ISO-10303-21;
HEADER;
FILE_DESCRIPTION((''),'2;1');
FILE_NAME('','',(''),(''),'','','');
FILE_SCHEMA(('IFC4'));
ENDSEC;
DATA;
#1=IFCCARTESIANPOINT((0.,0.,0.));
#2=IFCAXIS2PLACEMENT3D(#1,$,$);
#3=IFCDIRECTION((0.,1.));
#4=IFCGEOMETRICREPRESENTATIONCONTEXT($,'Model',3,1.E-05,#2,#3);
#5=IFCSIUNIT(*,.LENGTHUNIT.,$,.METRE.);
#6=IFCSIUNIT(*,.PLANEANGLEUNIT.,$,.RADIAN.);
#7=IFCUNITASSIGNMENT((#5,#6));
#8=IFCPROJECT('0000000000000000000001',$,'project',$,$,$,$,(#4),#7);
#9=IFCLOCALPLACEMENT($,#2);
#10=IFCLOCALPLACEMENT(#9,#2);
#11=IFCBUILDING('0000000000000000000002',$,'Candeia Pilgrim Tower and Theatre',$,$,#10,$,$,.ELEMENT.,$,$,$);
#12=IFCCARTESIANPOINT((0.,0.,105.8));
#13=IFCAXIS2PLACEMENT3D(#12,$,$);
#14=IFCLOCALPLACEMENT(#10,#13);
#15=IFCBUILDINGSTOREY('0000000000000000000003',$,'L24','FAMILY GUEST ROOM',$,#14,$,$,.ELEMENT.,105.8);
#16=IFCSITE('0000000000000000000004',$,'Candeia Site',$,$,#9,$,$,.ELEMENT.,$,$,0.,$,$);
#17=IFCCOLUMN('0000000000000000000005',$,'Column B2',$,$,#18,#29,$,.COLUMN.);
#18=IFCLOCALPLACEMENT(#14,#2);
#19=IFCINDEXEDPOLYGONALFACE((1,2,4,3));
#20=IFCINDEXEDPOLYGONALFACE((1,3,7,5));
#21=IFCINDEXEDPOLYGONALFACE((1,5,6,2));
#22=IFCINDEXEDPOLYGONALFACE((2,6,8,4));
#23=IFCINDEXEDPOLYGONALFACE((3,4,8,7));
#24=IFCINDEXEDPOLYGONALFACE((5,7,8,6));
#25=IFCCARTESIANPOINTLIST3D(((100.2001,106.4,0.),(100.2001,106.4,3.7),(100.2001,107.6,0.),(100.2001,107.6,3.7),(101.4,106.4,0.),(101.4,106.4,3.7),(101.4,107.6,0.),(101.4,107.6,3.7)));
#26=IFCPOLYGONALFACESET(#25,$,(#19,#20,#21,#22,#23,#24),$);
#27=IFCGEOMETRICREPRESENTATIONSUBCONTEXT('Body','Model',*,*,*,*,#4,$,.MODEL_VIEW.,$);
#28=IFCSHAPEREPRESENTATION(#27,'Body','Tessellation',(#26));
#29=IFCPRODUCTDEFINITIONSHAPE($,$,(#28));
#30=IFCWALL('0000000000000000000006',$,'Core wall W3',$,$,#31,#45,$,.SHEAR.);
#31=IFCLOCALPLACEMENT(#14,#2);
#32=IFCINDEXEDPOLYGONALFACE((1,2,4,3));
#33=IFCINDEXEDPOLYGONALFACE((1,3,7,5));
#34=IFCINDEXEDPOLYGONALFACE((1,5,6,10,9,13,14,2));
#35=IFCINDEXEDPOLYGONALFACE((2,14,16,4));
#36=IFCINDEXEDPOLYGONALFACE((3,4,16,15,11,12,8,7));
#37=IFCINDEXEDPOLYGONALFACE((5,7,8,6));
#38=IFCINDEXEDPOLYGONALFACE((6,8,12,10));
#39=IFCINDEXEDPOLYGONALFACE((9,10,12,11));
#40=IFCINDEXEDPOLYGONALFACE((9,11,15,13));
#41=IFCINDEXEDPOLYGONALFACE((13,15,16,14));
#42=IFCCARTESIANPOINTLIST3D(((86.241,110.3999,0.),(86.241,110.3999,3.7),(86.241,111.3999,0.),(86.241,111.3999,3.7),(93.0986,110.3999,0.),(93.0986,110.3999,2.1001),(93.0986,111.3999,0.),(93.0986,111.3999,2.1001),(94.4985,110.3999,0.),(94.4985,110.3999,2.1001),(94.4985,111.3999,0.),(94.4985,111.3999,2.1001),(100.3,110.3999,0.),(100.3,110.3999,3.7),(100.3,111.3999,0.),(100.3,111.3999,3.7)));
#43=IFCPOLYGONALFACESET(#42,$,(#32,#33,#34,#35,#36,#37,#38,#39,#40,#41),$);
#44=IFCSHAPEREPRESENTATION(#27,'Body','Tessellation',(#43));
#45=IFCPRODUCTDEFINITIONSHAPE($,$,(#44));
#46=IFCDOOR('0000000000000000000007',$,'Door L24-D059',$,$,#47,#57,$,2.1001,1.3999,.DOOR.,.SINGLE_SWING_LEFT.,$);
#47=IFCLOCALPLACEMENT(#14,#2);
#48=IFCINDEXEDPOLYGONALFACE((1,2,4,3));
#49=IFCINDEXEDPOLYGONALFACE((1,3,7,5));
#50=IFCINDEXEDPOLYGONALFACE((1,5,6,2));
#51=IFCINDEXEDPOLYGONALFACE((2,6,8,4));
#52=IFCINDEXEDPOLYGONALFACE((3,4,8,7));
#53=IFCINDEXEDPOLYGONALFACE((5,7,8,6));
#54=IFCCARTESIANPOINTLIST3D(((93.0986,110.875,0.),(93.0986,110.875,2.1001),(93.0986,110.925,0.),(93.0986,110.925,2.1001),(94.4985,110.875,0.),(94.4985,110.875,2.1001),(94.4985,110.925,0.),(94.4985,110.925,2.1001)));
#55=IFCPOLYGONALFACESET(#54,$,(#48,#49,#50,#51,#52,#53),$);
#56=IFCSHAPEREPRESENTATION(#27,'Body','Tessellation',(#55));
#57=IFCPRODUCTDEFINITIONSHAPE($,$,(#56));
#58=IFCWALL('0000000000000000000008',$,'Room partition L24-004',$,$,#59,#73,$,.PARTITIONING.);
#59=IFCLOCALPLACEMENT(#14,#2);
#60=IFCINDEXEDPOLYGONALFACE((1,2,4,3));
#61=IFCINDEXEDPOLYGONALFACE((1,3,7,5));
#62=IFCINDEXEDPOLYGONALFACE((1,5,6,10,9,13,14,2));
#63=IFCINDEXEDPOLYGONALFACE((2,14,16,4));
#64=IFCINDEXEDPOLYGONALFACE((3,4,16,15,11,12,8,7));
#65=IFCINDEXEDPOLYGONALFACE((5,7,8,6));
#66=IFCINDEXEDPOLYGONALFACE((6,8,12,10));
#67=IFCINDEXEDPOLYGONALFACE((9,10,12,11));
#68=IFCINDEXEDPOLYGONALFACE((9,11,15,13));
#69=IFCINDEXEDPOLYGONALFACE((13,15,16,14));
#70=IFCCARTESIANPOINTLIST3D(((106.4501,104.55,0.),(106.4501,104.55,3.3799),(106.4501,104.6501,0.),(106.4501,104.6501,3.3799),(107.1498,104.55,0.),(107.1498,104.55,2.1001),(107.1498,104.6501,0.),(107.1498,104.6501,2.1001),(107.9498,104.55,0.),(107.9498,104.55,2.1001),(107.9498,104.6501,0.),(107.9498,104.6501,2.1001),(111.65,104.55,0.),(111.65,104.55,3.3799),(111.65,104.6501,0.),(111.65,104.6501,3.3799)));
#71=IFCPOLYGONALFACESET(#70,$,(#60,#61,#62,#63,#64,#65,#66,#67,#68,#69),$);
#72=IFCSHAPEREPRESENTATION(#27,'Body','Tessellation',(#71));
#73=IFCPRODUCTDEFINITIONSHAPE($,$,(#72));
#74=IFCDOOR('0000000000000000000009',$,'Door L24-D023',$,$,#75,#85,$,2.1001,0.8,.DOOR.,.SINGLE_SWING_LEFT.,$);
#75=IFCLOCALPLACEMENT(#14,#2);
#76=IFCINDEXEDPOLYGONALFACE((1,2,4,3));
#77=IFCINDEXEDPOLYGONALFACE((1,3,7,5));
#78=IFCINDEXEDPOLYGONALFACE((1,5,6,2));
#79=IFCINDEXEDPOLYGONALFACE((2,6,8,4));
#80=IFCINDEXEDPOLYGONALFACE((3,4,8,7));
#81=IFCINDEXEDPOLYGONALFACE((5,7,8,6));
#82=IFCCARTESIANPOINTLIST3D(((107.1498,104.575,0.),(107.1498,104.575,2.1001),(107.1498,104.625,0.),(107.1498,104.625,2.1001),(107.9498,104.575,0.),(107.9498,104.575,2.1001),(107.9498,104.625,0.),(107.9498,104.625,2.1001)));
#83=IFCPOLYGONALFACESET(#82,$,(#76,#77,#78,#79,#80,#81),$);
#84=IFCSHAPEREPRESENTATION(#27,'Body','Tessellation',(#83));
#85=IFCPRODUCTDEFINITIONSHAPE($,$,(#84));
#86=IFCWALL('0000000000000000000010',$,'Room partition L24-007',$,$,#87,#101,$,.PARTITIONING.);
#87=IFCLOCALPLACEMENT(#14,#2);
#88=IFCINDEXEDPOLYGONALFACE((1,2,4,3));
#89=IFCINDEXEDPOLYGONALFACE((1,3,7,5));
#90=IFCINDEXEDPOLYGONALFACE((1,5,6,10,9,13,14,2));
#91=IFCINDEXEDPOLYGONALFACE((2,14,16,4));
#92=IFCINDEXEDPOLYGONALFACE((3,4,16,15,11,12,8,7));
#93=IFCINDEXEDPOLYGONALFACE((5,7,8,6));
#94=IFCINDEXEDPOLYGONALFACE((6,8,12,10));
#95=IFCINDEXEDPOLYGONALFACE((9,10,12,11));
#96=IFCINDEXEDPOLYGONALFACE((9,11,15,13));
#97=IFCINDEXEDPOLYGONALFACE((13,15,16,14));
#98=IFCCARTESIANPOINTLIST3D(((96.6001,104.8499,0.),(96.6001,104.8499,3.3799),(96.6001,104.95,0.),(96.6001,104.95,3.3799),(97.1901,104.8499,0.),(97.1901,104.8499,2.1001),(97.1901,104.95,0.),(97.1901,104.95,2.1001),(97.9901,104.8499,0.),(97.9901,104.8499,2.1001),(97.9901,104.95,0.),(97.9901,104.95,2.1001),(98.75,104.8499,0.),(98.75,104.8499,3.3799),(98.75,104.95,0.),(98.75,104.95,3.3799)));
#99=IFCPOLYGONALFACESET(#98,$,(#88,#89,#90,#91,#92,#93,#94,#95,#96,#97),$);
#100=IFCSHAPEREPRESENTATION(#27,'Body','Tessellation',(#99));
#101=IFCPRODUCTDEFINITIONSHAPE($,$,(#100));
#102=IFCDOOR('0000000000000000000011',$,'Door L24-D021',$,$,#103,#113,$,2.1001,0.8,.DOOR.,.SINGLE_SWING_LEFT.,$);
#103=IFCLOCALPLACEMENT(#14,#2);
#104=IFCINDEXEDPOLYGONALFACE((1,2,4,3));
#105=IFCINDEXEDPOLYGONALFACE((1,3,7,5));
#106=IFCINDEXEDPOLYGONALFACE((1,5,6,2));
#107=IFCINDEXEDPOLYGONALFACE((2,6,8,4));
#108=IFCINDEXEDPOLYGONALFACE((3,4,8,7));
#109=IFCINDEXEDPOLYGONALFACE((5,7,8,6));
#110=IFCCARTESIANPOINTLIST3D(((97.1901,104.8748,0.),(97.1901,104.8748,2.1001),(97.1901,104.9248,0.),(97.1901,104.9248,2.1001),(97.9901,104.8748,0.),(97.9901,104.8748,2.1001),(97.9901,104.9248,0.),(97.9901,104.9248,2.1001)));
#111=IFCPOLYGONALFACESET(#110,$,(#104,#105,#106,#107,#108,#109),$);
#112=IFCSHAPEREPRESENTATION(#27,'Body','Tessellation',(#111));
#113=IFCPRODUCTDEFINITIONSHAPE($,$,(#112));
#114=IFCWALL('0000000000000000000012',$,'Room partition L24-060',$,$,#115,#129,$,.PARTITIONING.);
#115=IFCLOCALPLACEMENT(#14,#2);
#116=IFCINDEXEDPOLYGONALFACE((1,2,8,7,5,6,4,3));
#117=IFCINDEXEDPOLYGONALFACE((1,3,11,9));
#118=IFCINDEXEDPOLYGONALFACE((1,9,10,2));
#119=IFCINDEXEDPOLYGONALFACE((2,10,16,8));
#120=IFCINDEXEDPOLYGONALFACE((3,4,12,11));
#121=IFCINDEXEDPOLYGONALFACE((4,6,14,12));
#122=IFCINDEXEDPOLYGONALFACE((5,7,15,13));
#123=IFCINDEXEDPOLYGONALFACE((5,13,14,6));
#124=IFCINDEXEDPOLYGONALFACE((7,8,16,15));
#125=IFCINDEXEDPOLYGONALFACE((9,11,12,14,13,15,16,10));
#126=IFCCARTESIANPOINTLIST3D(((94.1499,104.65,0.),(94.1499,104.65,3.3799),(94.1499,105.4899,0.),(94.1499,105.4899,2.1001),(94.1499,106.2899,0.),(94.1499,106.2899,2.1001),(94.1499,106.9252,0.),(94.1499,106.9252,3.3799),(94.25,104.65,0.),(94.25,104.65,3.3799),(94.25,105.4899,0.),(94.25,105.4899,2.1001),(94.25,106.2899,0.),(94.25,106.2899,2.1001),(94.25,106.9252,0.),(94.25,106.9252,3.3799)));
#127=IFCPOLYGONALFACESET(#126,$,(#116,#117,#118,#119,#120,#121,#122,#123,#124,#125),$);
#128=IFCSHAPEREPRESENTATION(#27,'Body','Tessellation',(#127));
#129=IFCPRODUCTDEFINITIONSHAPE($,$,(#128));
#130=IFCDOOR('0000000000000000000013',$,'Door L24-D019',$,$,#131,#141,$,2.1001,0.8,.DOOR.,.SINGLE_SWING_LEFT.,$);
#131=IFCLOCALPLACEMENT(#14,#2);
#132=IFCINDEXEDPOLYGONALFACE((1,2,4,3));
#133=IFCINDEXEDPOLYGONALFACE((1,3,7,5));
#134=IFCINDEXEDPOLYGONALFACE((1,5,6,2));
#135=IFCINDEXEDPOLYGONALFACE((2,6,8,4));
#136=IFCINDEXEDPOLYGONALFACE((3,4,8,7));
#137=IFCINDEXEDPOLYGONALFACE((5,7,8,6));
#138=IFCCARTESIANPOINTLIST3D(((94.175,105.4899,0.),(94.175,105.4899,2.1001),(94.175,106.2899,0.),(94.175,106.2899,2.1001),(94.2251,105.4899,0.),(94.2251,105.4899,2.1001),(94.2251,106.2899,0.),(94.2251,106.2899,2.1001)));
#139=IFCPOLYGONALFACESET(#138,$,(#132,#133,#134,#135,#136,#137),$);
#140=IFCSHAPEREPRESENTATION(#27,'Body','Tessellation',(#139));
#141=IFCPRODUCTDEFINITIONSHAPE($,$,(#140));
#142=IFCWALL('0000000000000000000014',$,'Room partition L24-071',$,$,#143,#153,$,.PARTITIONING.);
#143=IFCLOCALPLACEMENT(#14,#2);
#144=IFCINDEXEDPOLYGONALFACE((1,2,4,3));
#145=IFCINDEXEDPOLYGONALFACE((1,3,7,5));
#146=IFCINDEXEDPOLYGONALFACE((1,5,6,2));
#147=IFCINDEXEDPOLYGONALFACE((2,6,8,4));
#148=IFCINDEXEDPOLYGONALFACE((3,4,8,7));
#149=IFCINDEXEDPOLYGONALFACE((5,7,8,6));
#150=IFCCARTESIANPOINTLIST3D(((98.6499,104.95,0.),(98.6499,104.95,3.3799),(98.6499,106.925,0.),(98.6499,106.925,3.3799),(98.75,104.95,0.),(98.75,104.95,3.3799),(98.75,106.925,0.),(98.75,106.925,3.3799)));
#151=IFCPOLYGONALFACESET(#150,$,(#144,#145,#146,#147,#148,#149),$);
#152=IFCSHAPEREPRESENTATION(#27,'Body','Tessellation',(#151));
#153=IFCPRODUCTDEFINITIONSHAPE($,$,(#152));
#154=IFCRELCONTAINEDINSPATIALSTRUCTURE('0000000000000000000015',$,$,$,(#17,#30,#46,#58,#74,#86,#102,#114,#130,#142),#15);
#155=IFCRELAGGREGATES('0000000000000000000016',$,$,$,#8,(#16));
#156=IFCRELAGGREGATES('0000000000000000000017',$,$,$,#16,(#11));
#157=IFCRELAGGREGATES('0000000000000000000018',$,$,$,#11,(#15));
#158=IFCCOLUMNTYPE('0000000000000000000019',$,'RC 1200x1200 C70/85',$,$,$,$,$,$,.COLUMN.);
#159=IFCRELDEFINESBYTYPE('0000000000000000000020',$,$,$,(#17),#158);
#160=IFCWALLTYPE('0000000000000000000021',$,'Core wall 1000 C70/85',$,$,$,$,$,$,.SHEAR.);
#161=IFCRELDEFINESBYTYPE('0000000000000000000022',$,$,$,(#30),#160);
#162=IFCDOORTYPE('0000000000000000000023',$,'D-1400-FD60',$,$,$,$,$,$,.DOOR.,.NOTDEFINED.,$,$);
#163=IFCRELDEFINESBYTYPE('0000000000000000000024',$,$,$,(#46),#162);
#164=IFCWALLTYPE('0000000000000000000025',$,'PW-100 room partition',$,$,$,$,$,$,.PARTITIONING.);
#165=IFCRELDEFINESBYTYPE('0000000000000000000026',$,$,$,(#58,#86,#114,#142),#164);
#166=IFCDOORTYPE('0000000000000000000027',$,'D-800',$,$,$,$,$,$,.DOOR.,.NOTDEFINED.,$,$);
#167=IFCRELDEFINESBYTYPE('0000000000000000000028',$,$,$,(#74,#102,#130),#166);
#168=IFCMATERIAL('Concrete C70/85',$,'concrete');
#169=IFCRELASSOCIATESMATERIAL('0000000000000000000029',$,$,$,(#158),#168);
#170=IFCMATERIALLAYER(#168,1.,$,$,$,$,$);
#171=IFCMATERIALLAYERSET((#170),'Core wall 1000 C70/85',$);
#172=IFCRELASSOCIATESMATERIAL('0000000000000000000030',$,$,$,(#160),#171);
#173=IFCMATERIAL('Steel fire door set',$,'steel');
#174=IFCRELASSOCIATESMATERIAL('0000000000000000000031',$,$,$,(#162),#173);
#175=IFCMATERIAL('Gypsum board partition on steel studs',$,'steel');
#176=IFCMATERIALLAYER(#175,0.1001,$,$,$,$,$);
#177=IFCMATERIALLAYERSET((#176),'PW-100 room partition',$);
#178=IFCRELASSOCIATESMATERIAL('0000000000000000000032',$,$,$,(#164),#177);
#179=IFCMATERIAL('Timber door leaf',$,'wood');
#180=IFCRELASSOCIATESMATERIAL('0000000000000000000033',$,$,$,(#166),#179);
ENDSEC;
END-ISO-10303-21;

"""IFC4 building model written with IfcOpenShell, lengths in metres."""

from ifc_helpers import new_model, si_unit, direction, frame, frame_2d, origin, origin_2d, place, context, subcontext, project, spatial, rectangle, extrude, material, layer, layer_set, material_profile, profile_set, type_object, element, fill, save


model = new_model("IFC4")

# Units and contexts
model_context = context("Model", 3, precision=1e-05, world=origin(), true_north=direction((0.0, 1.0)))
body_context = subcontext(model_context, "Body", "Model", "MODEL_VIEW")
ifc_project = project(units=[si_unit("LENGTHUNIT", "METRE"), si_unit("PLANEANGLEUNIT", "RADIAN")], contexts=[model_context])

# Site, building, storey
site_placement = place(None, origin())
site = spatial("IfcSite", under=ifc_project, at=site_placement, Name="Candeia Site", CompositionType="ELEMENT", RefElevation=0.0)
building_placement = place(site_placement, origin())
building = spatial("IfcBuilding", under=site, at=building_placement, Name="Candeia Pilgrim Tower and Theatre", CompositionType="ELEMENT")
storey_placement = place(building_placement, frame((0.0, 0.0, 105.8)))
storey = spatial("IfcBuildingStorey", under=building, at=storey_placement, Name="L24", Description="FAMILY GUEST ROOM", CompositionType="ELEMENT", Elevation=105.8)

# Column
ifc_material_1 = material(Name="Concrete C70/85", Category="concrete")
ifc_material_profile = material_profile(ifc_material_1, rectangle(XDim=1.2, YDim=1.2, at=origin_2d()))
ifc_profile_set = profile_set([ifc_material_profile], Name="Concrete C70/85")
column_type = type_object("IfcColumnType", Name="RC 1200x1200 C70/85", PredefinedType="COLUMN", material=ifc_profile_set)
column_placement = place(storey_placement, frame((100.8, 107.0, 0.0), z_axis=(0.0, 0.0, 1.0), x_axis=(1.0, 0.0, 0.0)))
element("IfcColumn", 1, at=column_placement, inside=storey, type_object=column_type, Name="Column B2", PredefinedType="COLUMN", context=body_context, shape_type="SweptSolid", body=[
    extrude(rectangle(XDim=1.2, YDim=1.2, at=origin_2d()), origin(), (0.0, 0.0, 1.0), 3.7),
])

# Walls, openings, doors
ifc_layer_1 = layer(ifc_material_1, 1.0)
ifc_layer_set_1 = layer_set([ifc_layer_1], Name="Core wall 1000 C70/85")
wall_type_1 = type_object("IfcWallType", Name="Core wall 1000 C70/85", PredefinedType="SHEAR", material=ifc_layer_set_1)
wall_1_placement = place(storey_placement, frame((100.3, 110.8999, 0.0), z_axis=(0.0, 0.0, 1.0), x_axis=(-1.0, 0.0, 0.0)))
wall_1 = element("IfcWall", 2, at=wall_1_placement, inside=storey, type_object=wall_type_1, Name="Core wall W3", PredefinedType="SHEAR", context=body_context, shape_type="SweptSolid", body=[
    extrude(rectangle(XDim=14.0591, YDim=1.0, at=frame_2d((7.0295, 0.0))), origin(), (0.0, 0.0, 1.0), 3.7),
])
opening_1_placement = place(wall_1_placement, frame((5.8015, 0.0, 0.0)))
opening_1 = element("IfcOpeningElement", 3, at=opening_1_placement, cuts=wall_1, PredefinedType="OPENING", context=body_context, shape_type="SweptSolid", body=[
    extrude(rectangle(XDim=1.3999, YDim=2.1001, at=frame_2d((0.7, 1.05))), frame((0.0, 0.51, 0.0), z_axis=(0.0, -1.0, 0.0), x_axis=(1.0, 0.0, 0.0)), (0.0, 0.0, 1.0), 1.02),
])
ifc_material_2 = material(Name="Steel fire door set", Category="steel")
door_type_1 = type_object("IfcDoorType", Name="D-1400-FD60", OperationType="NOTDEFINED", PredefinedType="DOOR", material=ifc_material_2)
door_1_placement = place(opening_1_placement, origin())
door_1 = element("IfcDoor", 4, at=door_1_placement, inside=storey, type_object=door_type_1, Name="Door L24-D059", OperationType="SINGLE_SWING_LEFT", OverallHeight=2.1001, OverallWidth=1.3999, PredefinedType="DOOR", context=body_context, shape_type="SweptSolid", body=[
    extrude(rectangle(XDim=1.3999, YDim=2.1001, at=frame_2d((0.7, 1.05))), frame((0.0, 0.0249, 0.0), z_axis=(0.0, -1.0, 0.0), x_axis=(1.0, 0.0, 0.0)), (0.0, 0.0, 1.0), 0.05),
])
fill(opening_1, door_1)
ifc_material_3 = material(Name="Gypsum board partition on steel studs", Category="steel")
ifc_layer_2 = layer(ifc_material_3, 0.1001)
ifc_layer_set_2 = layer_set([ifc_layer_2], Name="PW-100 room partition")
wall_type_2 = type_object("IfcWallType", Name="PW-100 room partition", PredefinedType="PARTITIONING", material=ifc_layer_set_2)
wall_2_placement = place(storey_placement, frame((106.45, 104.6001, 0.0), z_axis=(0.0, 0.0, 1.0), x_axis=(1.0, 0.0, 0.0)))
wall_2 = element("IfcWall", 5, at=wall_2_placement, inside=storey, type_object=wall_type_2, Name="Room partition L24-004", PredefinedType="PARTITIONING", context=body_context, shape_type="SweptSolid", body=[
    extrude(rectangle(XDim=5.2, YDim=0.1001, at=frame_2d((2.6001, 0.0))), origin(), (0.0, 0.0, 1.0), 3.3799),
])
opening_2_placement = place(wall_2_placement, frame((0.7, 0.0, 0.0)))
opening_2 = element("IfcOpeningElement", 6, at=opening_2_placement, cuts=wall_2, PredefinedType="OPENING", context=body_context, shape_type="SweptSolid", body=[
    extrude(rectangle(XDim=0.8, YDim=2.1001, at=frame_2d((0.3999, 1.05))), frame((0.0, 0.0601, 0.0), z_axis=(0.0, -1.0, 0.0), x_axis=(1.0, 0.0, 0.0)), (0.0, 0.0, 1.0), 0.1201),
])
ifc_material_4 = material(Name="Timber door leaf", Category="wood")
door_type_2 = type_object("IfcDoorType", Name="D-800", OperationType="NOTDEFINED", PredefinedType="DOOR", material=ifc_material_4)
door_2_placement = place(opening_2_placement, origin())
door_2 = element("IfcDoor", 7, at=door_2_placement, inside=storey, type_object=door_type_2, Name="Door L24-D023", OperationType="SINGLE_SWING_LEFT", OverallHeight=2.1001, OverallWidth=0.8, PredefinedType="DOOR", context=body_context, shape_type="SweptSolid", body=[
    extrude(rectangle(XDim=0.8, YDim=2.1001, at=frame_2d((0.3999, 1.05))), frame((0.0, 0.0249, 0.0), z_axis=(0.0, -1.0, 0.0), x_axis=(1.0, 0.0, 0.0)), (0.0, 0.0, 1.0), 0.05),
])
fill(opening_2, door_2)
wall_3_placement = place(storey_placement, frame((96.6001, 104.8999, 0.0), z_axis=(0.0, 0.0, 1.0), x_axis=(1.0, 0.0, 0.0)))
wall_3 = element("IfcWall", 8, at=wall_3_placement, inside=storey, type_object=wall_type_2, Name="Room partition L24-007", PredefinedType="PARTITIONING", context=body_context, shape_type="SweptSolid", body=[
    extrude(rectangle(XDim=2.1499, YDim=0.1001, at=frame_2d((1.075, 0.0))), origin(), (0.0, 0.0, 1.0), 3.3799),
])
opening_3_placement = place(wall_3_placement, frame((0.5901, 0.0, 0.0)))
opening_3 = element("IfcOpeningElement", 9, at=opening_3_placement, cuts=wall_3, PredefinedType="OPENING", context=body_context, shape_type="SweptSolid", body=[
    extrude(rectangle(XDim=0.8, YDim=2.1001, at=frame_2d((0.3999, 1.05))), frame((0.0, 0.0601, 0.0), z_axis=(0.0, -1.0, 0.0), x_axis=(1.0, 0.0, 0.0)), (0.0, 0.0, 1.0), 0.1201),
])
door_3_placement = place(opening_3_placement, origin())
door_3 = element("IfcDoor", 10, at=door_3_placement, inside=storey, type_object=door_type_2, Name="Door L24-D021", OperationType="SINGLE_SWING_LEFT", OverallHeight=2.1001, OverallWidth=0.8, PredefinedType="DOOR", context=body_context, shape_type="SweptSolid", body=[
    extrude(rectangle(XDim=0.8, YDim=2.1001, at=frame_2d((0.3999, 1.05))), frame((0.0, 0.0249, 0.0), z_axis=(0.0, -1.0, 0.0), x_axis=(1.0, 0.0, 0.0)), (0.0, 0.0, 1.0), 0.05),
])
fill(opening_3, door_3)
wall_4_placement = place(storey_placement, frame((94.2, 104.6499, 0.0), z_axis=(0.0, 0.0, 1.0), x_axis=(0.0, 1.0, 0.0)))
wall_4 = element("IfcWall", 11, at=wall_4_placement, inside=storey, type_object=wall_type_2, Name="Room partition L24-060", PredefinedType="PARTITIONING", context=body_context, shape_type="SweptSolid", body=[
    extrude(rectangle(XDim=2.2751, YDim=0.1001, at=frame_2d((1.1377, 0.0))), origin(), (0.0, 0.0, 1.0), 3.3799),
])
opening_4_placement = place(wall_4_placement, frame((0.8401, 0.0, 0.0)))
opening_4 = element("IfcOpeningElement", 12, at=opening_4_placement, cuts=wall_4, PredefinedType="OPENING", context=body_context, shape_type="SweptSolid", body=[
    extrude(rectangle(XDim=0.8, YDim=2.1001, at=frame_2d((0.3999, 1.05))), frame((0.0, 0.0601, 0.0), z_axis=(0.0, -1.0, 0.0), x_axis=(1.0, 0.0, 0.0)), (0.0, 0.0, 1.0), 0.1201),
])
door_4_placement = place(opening_4_placement, origin())
door_4 = element("IfcDoor", 13, at=door_4_placement, inside=storey, type_object=door_type_2, Name="Door L24-D019", OperationType="SINGLE_SWING_LEFT", OverallHeight=2.1001, OverallWidth=0.8, PredefinedType="DOOR", context=body_context, shape_type="SweptSolid", body=[
    extrude(rectangle(XDim=0.8, YDim=2.1001, at=frame_2d((0.3999, 1.05))), frame((0.0, 0.0249, 0.0), z_axis=(0.0, -1.0, 0.0), x_axis=(1.0, 0.0, 0.0)), (0.0, 0.0, 1.0), 0.05),
])
fill(opening_4, door_4)

# Wall
wall_5_placement = place(storey_placement, frame((98.7, 104.95, 0.0), z_axis=(0.0, 0.0, 1.0), x_axis=(0.0, 1.0, 0.0)))
element("IfcWall", 14, at=wall_5_placement, inside=storey, type_object=wall_type_2, Name="Room partition L24-071", PredefinedType="PARTITIONING", context=body_context, shape_type="SweptSolid", body=[
    extrude(rectangle(XDim=1.9751, YDim=0.1001, at=frame_2d((0.9875, 0.0))), origin(), (0.0, 0.0, 1.0), 3.3799),
])

save(model, "model.ifc")
